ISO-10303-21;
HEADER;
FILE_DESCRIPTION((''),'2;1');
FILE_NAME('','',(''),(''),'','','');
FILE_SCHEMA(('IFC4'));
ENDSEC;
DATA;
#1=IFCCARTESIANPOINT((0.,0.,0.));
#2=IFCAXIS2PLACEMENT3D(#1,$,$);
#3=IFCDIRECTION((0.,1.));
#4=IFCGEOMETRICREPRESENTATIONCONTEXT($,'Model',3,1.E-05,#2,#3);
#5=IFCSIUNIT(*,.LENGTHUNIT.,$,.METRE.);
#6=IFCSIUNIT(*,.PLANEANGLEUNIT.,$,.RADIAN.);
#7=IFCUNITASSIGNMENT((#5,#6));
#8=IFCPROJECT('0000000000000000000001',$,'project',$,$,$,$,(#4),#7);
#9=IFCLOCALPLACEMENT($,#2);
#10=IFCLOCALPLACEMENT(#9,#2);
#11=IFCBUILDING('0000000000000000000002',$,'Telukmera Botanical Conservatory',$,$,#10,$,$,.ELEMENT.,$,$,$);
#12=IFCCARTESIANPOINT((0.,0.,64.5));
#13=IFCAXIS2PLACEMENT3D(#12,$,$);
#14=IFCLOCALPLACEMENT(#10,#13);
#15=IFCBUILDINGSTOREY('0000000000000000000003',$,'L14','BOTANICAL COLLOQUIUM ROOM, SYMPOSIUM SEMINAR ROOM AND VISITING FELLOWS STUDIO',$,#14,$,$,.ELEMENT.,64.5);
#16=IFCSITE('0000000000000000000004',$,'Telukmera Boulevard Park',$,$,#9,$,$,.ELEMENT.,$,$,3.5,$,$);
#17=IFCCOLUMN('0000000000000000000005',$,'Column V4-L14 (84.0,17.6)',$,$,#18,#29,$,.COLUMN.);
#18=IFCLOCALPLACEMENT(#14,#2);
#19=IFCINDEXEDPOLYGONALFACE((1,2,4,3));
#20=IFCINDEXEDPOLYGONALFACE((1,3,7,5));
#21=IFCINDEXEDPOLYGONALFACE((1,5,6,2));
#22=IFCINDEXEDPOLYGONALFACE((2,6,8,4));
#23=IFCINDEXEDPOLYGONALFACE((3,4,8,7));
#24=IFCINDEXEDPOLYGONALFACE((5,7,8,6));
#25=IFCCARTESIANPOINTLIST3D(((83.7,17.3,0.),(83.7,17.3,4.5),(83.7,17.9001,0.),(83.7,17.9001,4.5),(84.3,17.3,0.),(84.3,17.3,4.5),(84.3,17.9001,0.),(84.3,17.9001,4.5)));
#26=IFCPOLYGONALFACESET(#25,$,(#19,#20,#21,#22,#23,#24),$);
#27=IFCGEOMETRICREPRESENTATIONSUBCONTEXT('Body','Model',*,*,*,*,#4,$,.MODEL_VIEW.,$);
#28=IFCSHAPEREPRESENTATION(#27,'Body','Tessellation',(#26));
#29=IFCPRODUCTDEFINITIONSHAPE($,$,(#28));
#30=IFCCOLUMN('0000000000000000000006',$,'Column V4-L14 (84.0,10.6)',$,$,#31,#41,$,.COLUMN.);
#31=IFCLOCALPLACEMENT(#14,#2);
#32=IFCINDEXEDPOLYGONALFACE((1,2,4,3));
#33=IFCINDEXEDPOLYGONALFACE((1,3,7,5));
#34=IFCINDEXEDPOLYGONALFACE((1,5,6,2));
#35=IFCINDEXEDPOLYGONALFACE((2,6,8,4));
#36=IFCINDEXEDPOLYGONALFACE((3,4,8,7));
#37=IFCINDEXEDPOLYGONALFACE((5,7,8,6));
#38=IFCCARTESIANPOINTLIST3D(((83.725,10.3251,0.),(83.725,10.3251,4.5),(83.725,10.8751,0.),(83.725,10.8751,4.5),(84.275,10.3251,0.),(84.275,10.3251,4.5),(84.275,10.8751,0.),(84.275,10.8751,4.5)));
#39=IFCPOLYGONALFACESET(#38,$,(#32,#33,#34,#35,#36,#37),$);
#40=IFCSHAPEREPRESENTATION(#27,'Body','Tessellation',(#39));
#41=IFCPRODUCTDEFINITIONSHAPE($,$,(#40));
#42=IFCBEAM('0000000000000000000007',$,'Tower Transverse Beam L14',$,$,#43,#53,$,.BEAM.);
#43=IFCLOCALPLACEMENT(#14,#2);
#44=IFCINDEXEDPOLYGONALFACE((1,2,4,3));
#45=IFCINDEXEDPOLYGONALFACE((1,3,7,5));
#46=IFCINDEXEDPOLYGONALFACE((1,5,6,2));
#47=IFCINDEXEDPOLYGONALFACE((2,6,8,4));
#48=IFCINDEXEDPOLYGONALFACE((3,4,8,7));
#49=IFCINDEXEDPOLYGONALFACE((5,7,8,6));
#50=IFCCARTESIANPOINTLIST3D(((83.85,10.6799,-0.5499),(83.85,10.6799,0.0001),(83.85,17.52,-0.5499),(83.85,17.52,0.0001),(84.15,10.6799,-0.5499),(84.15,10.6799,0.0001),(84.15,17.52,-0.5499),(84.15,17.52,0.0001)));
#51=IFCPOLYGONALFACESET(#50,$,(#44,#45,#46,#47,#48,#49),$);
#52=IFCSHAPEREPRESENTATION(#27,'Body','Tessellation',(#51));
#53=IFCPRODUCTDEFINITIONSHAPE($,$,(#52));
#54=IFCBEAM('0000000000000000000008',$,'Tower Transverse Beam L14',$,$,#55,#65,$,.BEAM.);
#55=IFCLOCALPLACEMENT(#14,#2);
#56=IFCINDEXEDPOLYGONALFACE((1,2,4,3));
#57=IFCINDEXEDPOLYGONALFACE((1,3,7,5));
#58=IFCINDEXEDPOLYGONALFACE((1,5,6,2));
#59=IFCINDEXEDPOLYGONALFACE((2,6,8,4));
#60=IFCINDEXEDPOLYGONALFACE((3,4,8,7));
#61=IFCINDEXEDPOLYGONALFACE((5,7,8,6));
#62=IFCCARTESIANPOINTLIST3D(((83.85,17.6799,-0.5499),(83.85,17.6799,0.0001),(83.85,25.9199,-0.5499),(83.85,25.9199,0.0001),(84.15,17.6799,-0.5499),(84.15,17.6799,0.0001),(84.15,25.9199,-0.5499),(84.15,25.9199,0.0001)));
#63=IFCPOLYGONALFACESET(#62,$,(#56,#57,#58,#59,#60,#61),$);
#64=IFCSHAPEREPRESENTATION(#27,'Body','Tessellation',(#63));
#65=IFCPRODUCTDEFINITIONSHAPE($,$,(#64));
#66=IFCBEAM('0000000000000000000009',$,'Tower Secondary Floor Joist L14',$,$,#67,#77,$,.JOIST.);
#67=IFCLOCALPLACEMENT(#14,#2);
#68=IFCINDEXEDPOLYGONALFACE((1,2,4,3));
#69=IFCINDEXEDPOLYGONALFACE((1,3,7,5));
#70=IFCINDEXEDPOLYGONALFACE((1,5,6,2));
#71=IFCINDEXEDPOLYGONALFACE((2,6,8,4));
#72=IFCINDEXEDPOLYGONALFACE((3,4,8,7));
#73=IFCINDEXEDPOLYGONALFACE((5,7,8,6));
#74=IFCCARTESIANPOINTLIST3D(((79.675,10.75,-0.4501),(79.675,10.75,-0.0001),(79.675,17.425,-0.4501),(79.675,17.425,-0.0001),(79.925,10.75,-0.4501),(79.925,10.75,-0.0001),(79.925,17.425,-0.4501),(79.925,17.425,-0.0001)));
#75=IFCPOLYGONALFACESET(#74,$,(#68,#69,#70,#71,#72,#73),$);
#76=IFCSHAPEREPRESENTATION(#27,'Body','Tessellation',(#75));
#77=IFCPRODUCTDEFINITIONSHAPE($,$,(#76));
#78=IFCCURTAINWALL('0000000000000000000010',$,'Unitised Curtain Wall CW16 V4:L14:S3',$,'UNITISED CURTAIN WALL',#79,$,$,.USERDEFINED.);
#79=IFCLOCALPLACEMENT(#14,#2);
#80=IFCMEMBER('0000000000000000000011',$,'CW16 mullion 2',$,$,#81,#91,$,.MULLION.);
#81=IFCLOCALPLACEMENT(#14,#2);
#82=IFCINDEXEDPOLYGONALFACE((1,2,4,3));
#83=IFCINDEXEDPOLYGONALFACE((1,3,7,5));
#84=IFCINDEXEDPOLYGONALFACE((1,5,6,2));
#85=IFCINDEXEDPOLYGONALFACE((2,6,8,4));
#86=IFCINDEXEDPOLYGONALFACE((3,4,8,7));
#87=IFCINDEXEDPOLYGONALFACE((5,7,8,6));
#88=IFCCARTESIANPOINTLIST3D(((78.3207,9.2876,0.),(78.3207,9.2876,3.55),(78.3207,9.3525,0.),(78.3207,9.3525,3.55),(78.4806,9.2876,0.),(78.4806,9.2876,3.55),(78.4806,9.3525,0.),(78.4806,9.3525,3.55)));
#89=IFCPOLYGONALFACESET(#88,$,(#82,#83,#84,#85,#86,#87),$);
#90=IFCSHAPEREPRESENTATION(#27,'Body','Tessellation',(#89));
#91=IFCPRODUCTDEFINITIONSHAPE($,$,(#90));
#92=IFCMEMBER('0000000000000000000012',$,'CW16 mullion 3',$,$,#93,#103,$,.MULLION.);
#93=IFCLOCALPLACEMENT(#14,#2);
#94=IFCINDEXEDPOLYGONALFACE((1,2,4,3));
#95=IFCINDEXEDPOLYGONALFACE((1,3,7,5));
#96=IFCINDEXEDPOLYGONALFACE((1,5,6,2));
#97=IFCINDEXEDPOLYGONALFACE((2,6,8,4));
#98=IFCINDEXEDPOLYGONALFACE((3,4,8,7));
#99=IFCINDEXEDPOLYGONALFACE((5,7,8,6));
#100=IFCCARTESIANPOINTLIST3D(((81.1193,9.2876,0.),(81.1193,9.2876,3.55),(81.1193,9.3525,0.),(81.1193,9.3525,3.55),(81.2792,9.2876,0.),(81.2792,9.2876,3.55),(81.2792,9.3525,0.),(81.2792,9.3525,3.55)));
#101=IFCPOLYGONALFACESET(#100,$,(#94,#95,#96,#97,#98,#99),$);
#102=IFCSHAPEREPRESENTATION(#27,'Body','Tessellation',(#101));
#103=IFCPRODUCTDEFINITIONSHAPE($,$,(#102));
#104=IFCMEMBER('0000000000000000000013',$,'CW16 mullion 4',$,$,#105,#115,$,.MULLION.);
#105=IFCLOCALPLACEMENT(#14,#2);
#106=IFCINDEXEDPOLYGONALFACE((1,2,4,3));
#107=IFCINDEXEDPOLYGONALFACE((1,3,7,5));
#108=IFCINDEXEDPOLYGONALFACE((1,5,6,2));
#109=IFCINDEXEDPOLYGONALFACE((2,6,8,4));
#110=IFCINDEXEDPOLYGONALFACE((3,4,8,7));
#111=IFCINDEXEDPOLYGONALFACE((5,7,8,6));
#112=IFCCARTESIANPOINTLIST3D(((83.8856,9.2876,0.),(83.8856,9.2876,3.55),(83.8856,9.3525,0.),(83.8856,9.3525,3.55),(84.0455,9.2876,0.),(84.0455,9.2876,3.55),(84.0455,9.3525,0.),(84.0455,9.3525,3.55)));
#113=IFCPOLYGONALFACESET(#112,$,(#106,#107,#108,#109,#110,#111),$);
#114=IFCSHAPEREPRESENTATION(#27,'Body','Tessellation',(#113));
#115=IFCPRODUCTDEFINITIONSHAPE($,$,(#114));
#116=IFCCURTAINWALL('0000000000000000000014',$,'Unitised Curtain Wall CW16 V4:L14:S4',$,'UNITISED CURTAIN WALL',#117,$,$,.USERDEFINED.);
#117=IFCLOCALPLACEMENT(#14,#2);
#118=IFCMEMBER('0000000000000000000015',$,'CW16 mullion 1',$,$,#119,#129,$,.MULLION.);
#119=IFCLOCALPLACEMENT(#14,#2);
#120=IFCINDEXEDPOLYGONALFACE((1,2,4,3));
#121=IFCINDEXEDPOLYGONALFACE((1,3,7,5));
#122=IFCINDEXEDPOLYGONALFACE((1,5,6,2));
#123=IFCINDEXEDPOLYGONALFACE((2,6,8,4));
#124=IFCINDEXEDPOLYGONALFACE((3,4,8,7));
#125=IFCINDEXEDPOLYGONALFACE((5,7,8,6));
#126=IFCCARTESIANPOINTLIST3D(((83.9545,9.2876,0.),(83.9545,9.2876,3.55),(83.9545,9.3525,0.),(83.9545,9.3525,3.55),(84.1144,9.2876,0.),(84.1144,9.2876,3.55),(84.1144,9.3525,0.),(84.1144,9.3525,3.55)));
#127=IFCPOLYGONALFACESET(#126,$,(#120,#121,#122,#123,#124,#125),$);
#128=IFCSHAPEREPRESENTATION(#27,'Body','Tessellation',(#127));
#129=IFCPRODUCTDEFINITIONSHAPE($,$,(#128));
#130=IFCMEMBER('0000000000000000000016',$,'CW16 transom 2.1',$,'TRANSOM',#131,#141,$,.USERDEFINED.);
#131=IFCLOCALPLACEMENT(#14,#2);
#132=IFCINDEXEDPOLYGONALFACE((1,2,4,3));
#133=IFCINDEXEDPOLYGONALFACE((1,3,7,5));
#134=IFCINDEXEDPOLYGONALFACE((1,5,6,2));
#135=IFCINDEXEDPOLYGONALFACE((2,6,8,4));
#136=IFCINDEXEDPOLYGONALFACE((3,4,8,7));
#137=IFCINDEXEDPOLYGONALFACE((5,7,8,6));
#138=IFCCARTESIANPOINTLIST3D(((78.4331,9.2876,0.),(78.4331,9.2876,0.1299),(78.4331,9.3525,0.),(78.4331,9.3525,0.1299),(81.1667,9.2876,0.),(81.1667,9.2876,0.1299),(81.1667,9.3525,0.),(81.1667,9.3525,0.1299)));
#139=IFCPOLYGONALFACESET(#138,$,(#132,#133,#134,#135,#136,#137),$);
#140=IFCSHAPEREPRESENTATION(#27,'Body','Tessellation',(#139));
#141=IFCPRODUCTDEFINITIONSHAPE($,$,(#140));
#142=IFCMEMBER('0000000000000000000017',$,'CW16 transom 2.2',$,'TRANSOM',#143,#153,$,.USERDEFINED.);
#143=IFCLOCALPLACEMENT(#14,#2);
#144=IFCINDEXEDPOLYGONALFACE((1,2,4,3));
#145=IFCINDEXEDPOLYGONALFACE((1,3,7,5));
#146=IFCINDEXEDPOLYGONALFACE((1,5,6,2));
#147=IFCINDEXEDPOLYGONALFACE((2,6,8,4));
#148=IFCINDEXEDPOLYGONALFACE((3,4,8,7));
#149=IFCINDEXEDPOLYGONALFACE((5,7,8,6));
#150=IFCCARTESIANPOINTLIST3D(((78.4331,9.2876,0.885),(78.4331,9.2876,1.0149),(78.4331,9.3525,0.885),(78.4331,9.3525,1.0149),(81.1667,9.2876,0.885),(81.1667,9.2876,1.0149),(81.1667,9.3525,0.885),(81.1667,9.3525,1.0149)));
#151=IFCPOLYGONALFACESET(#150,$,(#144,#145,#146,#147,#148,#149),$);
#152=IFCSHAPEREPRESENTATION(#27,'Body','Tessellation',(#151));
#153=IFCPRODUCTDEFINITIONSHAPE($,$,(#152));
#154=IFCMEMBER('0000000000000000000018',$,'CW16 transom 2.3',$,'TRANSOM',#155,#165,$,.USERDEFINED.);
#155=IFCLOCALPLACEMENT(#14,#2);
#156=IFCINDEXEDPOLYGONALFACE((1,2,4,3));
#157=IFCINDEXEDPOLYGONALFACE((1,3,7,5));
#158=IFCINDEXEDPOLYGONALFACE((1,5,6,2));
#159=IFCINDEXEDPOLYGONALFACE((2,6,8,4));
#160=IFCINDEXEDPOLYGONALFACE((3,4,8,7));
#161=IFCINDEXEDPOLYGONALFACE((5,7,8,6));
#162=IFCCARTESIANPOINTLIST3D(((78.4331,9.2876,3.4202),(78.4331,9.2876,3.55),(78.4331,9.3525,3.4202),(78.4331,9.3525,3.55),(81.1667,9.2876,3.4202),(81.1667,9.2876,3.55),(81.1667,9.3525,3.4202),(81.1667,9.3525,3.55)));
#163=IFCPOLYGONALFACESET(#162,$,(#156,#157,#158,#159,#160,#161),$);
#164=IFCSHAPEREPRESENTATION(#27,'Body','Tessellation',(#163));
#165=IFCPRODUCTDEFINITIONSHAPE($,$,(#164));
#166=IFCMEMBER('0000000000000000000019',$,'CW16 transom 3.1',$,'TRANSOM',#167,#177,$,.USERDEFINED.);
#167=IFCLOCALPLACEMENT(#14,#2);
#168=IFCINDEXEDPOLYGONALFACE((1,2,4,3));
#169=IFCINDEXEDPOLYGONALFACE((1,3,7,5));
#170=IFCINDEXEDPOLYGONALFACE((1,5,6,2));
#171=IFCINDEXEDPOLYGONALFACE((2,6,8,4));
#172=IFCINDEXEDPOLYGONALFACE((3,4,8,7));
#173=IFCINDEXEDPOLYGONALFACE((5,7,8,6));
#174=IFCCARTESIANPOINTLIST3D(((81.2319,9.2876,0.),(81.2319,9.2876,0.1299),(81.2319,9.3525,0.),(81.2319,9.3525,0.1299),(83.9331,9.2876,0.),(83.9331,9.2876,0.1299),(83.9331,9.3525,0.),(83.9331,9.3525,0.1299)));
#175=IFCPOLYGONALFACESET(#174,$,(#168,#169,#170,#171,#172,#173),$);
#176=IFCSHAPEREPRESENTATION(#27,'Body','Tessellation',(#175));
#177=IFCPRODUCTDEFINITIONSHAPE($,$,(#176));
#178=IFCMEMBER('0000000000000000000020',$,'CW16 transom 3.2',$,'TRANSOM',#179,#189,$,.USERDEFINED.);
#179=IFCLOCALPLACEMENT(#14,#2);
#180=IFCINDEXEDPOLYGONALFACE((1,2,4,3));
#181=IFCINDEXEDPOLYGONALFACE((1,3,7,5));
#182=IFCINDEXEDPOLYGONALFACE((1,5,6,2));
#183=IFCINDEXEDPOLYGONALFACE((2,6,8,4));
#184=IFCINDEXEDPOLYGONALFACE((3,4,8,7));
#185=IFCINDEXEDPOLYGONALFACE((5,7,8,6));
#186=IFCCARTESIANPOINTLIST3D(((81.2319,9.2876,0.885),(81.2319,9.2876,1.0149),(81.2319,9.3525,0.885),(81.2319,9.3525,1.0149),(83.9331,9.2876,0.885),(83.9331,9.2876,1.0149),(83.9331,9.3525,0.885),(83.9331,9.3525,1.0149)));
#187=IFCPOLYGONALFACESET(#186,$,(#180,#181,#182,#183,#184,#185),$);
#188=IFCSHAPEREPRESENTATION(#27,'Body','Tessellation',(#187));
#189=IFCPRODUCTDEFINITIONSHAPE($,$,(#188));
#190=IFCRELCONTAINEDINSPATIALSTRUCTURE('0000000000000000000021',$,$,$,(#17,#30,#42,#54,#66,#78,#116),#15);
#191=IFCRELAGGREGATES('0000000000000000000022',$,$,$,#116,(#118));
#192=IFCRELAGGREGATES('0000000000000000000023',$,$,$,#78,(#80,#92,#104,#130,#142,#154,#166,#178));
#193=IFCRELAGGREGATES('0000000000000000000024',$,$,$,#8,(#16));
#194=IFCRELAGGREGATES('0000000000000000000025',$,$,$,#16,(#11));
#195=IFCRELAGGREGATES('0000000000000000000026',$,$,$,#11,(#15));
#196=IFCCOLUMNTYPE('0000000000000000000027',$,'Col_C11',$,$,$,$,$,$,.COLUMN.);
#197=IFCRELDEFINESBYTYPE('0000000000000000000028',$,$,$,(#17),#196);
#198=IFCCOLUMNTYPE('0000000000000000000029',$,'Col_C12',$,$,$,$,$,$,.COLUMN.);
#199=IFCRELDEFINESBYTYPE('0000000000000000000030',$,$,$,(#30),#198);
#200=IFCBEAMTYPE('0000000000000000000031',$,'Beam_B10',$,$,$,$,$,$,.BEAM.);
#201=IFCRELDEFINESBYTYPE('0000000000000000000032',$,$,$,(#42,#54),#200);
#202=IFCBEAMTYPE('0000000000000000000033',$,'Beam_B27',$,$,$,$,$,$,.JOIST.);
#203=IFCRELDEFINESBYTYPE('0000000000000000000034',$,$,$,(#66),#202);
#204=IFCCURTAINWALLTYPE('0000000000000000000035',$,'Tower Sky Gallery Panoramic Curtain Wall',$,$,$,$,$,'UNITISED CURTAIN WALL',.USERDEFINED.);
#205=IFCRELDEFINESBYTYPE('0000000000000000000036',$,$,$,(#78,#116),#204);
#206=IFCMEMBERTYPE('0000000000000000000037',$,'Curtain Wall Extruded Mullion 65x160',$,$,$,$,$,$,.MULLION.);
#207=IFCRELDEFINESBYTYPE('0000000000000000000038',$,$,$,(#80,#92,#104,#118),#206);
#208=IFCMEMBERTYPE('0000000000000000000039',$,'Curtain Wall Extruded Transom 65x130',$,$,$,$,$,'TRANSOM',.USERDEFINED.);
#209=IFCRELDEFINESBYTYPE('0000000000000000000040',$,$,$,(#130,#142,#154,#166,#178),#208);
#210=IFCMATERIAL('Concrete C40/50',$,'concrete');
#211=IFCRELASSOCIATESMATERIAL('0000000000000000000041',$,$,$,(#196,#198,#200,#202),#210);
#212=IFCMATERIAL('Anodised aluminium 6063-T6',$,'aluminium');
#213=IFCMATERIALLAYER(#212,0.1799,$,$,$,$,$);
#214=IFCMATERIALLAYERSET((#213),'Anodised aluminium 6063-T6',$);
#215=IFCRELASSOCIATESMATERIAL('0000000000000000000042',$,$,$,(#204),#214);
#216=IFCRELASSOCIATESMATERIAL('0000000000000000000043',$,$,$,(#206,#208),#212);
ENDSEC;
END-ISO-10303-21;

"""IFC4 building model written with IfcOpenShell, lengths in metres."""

from ifc_helpers import new_model, si_unit, direction, frame, origin, origin_2d, place, context, subcontext, project, spatial, rectangle, extrude, material, layer, layer_set, material_profile, profile_set, type_object, element, aggregate, save


model = new_model("IFC4")

# Units and contexts
model_context = context("Model", 3, precision=1e-05, world=origin(), true_north=direction((0.0, 1.0)))
body_context = subcontext(model_context, "Body", "Model", "MODEL_VIEW")
ifc_project = project(units=[si_unit("LENGTHUNIT", "METRE"), si_unit("PLANEANGLEUNIT", "RADIAN")], contexts=[model_context])

# Site, building, storey
site_placement = place(None, origin())
site = spatial("IfcSite", under=ifc_project, at=site_placement, Name="Telukmera Boulevard Park", CompositionType="ELEMENT", RefElevation=3.5)
building_placement = place(site_placement, origin())
building = spatial("IfcBuilding", under=site, at=building_placement, Name="Telukmera Botanical Conservatory", CompositionType="ELEMENT")
storey_placement = place(building_placement, frame((0.0, 0.0, 64.5)))
storey = spatial("IfcBuildingStorey", under=building, at=storey_placement, Name="L14", Description="BOTANICAL COLLOQUIUM ROOM, SYMPOSIUM SEMINAR ROOM AND VISITING FELLOWS STUDIO", CompositionType="ELEMENT", Elevation=64.5)

# Columns
ifc_material_1 = material(Name="Concrete C40/50", Category="concrete")
ifc_material_profile_1 = material_profile(ifc_material_1, rectangle(XDim=0.6001, YDim=0.6001, at=origin_2d()), Name="RC 600x600")
ifc_profile_set_1 = profile_set([ifc_material_profile_1], Name="Concrete C40/50")
column_type_1 = type_object("IfcColumnType", Name="Col_C11", PredefinedType="COLUMN", material=ifc_profile_set_1)
column_1_placement = place(storey_placement, frame((84.0, 17.6001, 0.0), z_axis=(0.0, 0.0, 1.0), x_axis=(1.0, 0.0, 0.0)))
element("IfcColumn", 1, at=column_1_placement, inside=storey, type_object=column_type_1, Name="Column V4-L14 (84.0,17.6)", PredefinedType="COLUMN", context=body_context, shape_type="SweptSolid", body=[
    extrude(rectangle(XDim=0.6001, YDim=0.6001, at=origin_2d()), origin(), (0.0, 0.0, 1.0), 4.5),
])
ifc_material_profile_2 = material_profile(ifc_material_1, rectangle(XDim=0.55, YDim=0.55, at=origin_2d()), Name="RC 550x550")
ifc_profile_set_2 = profile_set([ifc_material_profile_2], Name="Concrete C40/50")
column_type_2 = type_object("IfcColumnType", Name="Col_C12", PredefinedType="COLUMN", material=ifc_profile_set_2)
column_2_placement = place(storey_placement, frame((84.0, 10.6001, 0.0), z_axis=(0.0, 0.0, 1.0), x_axis=(1.0, 0.0, 0.0)))
element("IfcColumn", 2, at=column_2_placement, inside=storey, type_object=column_type_2, Name="Column V4-L14 (84.0,10.6)", PredefinedType="COLUMN", context=body_context, shape_type="SweptSolid", body=[
    extrude(rectangle(XDim=0.55, YDim=0.55, at=origin_2d()), origin(), (0.0, 0.0, 1.0), 4.5),
])

# Beams
ifc_material_profile_3 = material_profile(ifc_material_1, rectangle(XDim=0.3, YDim=0.55, at=origin_2d()), Name="RC 300x550")
ifc_profile_set_3 = profile_set([ifc_material_profile_3], Name="Concrete C40/50")
beam_type_1 = type_object("IfcBeamType", Name="Beam_B10", PredefinedType="BEAM", material=ifc_profile_set_3)
beam_1_placement = place(storey_placement, frame((84.0, 10.6799, -0.2749), z_axis=(0.0, 1.0, 0.0), x_axis=(-1.0, 0.0, 0.0)))
element("IfcBeam", 3, at=beam_1_placement, inside=storey, type_object=beam_type_1, Name="Tower Transverse Beam L14", PredefinedType="BEAM", context=body_context, shape_type="SweptSolid", body=[
    extrude(rectangle(XDim=0.3, YDim=0.55, at=origin_2d()), origin(), (0.0, 0.0, 1.0), 6.8401),
])
beam_2_placement = place(storey_placement, frame((84.0, 17.6799, -0.2749), z_axis=(0.0, 1.0, 0.0), x_axis=(-1.0, 0.0, 0.0)))
element("IfcBeam", 4, at=beam_2_placement, inside=storey, type_object=beam_type_1, Name="Tower Transverse Beam L14", PredefinedType="BEAM", context=body_context, shape_type="SweptSolid", body=[
    extrude(rectangle(XDim=0.3, YDim=0.55, at=origin_2d()), origin(), (0.0, 0.0, 1.0), 8.24),
])
ifc_material_profile_4 = material_profile(ifc_material_1, rectangle(XDim=0.25, YDim=0.45, at=origin_2d()), Name="RC 250x450")
ifc_profile_set_4 = profile_set([ifc_material_profile_4], Name="Concrete C40/50")
beam_type_2 = type_object("IfcBeamType", Name="Beam_B27", PredefinedType="JOIST", material=ifc_profile_set_4)
beam_3_placement = place(storey_placement, frame((79.8, 10.75, -0.2251), z_axis=(0.0, 1.0, 0.0), x_axis=(-1.0, 0.0, 0.0)))
element("IfcBeam", 5, at=beam_3_placement, inside=storey, type_object=beam_type_2, Name="Tower Secondary Floor Joist L14", PredefinedType="JOIST", context=body_context, shape_type="SweptSolid", body=[
    extrude(rectangle(XDim=0.25, YDim=0.45, at=origin_2d()), origin(), (0.0, 0.0, 1.0), 6.675),
])

# Curtain wall, members
ifc_material_2 = material(Name="Anodised aluminium 6063-T6", Category="aluminium")
ifc_layer_1 = layer(ifc_material_2, 0.1799)
ifc_layer_set_1 = layer_set([ifc_layer_1], Name="Anodised aluminium 6063-T6")
curtain_wall_type = type_object("IfcCurtainWallType", Name="Tower Sky Gallery Panoramic Curtain Wall", ElementType="UNITISED CURTAIN WALL", PredefinedType="USERDEFINED", material=ifc_layer_set_1)
curtain_wall_1_placement = place(storey_placement, origin())
curtain_wall_1 = element("IfcCurtainWall", 6, at=curtain_wall_1_placement, inside=storey, type_object=curtain_wall_type, Name="Unitised Curtain Wall CW16 V4:L14:S3", ObjectType="UNITISED CURTAIN WALL", PredefinedType="USERDEFINED")
ifc_material_profile_5 = material_profile(ifc_material_2, rectangle(XDim=0.0649, YDim=0.1599, at=origin_2d()), Name="ALU MULL 65x160")
ifc_profile_set_5 = profile_set([ifc_material_profile_5], Name="Anodised aluminium 6063-T6")
member_type_1 = type_object("IfcMemberType", Name="Curtain Wall Extruded Mullion 65x160", PredefinedType="MULLION", material=ifc_profile_set_5)
member_1_placement = place(storey_placement, frame((78.4006, 9.3201, 0.0), z_axis=(0.0, 0.0, 1.0), x_axis=(0.0, 1.0, 0.0)))
member_1 = element("IfcMember", 7, at=member_1_placement, type_object=member_type_1, Name="CW16 mullion 2", PredefinedType="MULLION", context=body_context, shape_type="SweptSolid", body=[
    extrude(rectangle(XDim=0.0649, YDim=0.1599, at=origin_2d()), origin(), (0.0, 0.0, 1.0), 3.55),
])
member_2_placement = place(storey_placement, frame((81.1992, 9.3201, 0.0), z_axis=(0.0, 0.0, 1.0), x_axis=(0.0, 1.0, 0.0)))
member_2 = element("IfcMember", 8, at=member_2_placement, type_object=member_type_1, Name="CW16 mullion 3", PredefinedType="MULLION", context=body_context, shape_type="SweptSolid", body=[
    extrude(rectangle(XDim=0.0649, YDim=0.1599, at=origin_2d()), origin(), (0.0, 0.0, 1.0), 3.55),
])
member_3_placement = place(storey_placement, frame((83.9656, 9.3201, 0.0), z_axis=(0.0, 0.0, 1.0), x_axis=(0.0, 1.0, 0.0)))
member_3 = element("IfcMember", 9, at=member_3_placement, type_object=member_type_1, Name="CW16 mullion 4", PredefinedType="MULLION", context=body_context, shape_type="SweptSolid", body=[
    extrude(rectangle(XDim=0.0649, YDim=0.1599, at=origin_2d()), origin(), (0.0, 0.0, 1.0), 3.55),
])

# Curtain wall, member
curtain_wall_2_placement = place(storey_placement, origin())
curtain_wall_2 = element("IfcCurtainWall", 10, at=curtain_wall_2_placement, inside=storey, type_object=curtain_wall_type, Name="Unitised Curtain Wall CW16 V4:L14:S4", ObjectType="UNITISED CURTAIN WALL", PredefinedType="USERDEFINED")
member_4_placement = place(storey_placement, frame((84.0344, 9.3201, 0.0), z_axis=(0.0, 0.0, 1.0), x_axis=(0.0, 1.0, 0.0)))
member_4 = element("IfcMember", 11, at=member_4_placement, type_object=member_type_1, Name="CW16 mullion 1", PredefinedType="MULLION", context=body_context, shape_type="SweptSolid", body=[
    extrude(rectangle(XDim=0.0649, YDim=0.1599, at=origin_2d()), origin(), (0.0, 0.0, 1.0), 3.55),
])
aggregate(curtain_wall_2, [member_4])

# Members
ifc_material_profile_6 = material_profile(ifc_material_2, rectangle(XDim=0.0649, YDim=0.1299, at=origin_2d()), Name="ALU TRAN 65x130")
ifc_profile_set_6 = profile_set([ifc_material_profile_6], Name="Anodised aluminium 6063-T6")
member_type_2 = type_object("IfcMemberType", Name="Curtain Wall Extruded Transom 65x130", ElementType="TRANSOM", PredefinedType="USERDEFINED", material=ifc_profile_set_6)
member_5_placement = place(storey_placement, frame((78.4331, 9.3201, 0.0649), z_axis=(1.0, 0.0, 0.0), x_axis=(0.0, 1.0, 0.0)))
member_5 = element("IfcMember", 12, at=member_5_placement, type_object=member_type_2, Name="CW16 transom 2.1", ObjectType="TRANSOM", PredefinedType="USERDEFINED", context=body_context, shape_type="SweptSolid", body=[
    extrude(rectangle(XDim=0.0649, YDim=0.1299, at=origin_2d()), origin(), (0.0, 0.0, 1.0), 2.7336),
])
member_6_placement = place(storey_placement, frame((78.4331, 9.3201, 0.95), z_axis=(1.0, 0.0, 0.0), x_axis=(0.0, 1.0, 0.0)))
member_6 = element("IfcMember", 13, at=member_6_placement, type_object=member_type_2, Name="CW16 transom 2.2", ObjectType="TRANSOM", PredefinedType="USERDEFINED", context=body_context, shape_type="SweptSolid", body=[
    extrude(rectangle(XDim=0.0649, YDim=0.1299, at=origin_2d()), origin(), (0.0, 0.0, 1.0), 2.7336),
])
member_7_placement = place(storey_placement, frame((78.4331, 9.3201, 3.4851), z_axis=(1.0, 0.0, 0.0), x_axis=(0.0, 1.0, 0.0)))
member_7 = element("IfcMember", 14, at=member_7_placement, type_object=member_type_2, Name="CW16 transom 2.3", ObjectType="TRANSOM", PredefinedType="USERDEFINED", context=body_context, shape_type="SweptSolid", body=[
    extrude(rectangle(XDim=0.0649, YDim=0.1299, at=origin_2d()), origin(), (0.0, 0.0, 1.0), 2.7336),
])
member_8_placement = place(storey_placement, frame((81.2319, 9.3201, 0.0649), z_axis=(1.0, 0.0, 0.0), x_axis=(0.0, 1.0, 0.0)))
member_8 = element("IfcMember", 15, at=member_8_placement, type_object=member_type_2, Name="CW16 transom 3.1", ObjectType="TRANSOM", PredefinedType="USERDEFINED", context=body_context, shape_type="SweptSolid", body=[
    extrude(rectangle(XDim=0.0649, YDim=0.1299, at=origin_2d()), origin(), (0.0, 0.0, 1.0), 2.7012),
])
member_9_placement = place(storey_placement, frame((81.2319, 9.3201, 0.95), z_axis=(1.0, 0.0, 0.0), x_axis=(0.0, 1.0, 0.0)))
member_9 = element("IfcMember", 16, at=member_9_placement, type_object=member_type_2, Name="CW16 transom 3.2", ObjectType="TRANSOM", PredefinedType="USERDEFINED", context=body_context, shape_type="SweptSolid", body=[
    extrude(rectangle(XDim=0.0649, YDim=0.1299, at=origin_2d()), origin(), (0.0, 0.0, 1.0), 2.7012),
])

aggregate(curtain_wall_1, [member_1, member_2, member_3, member_5, member_6, member_7, member_8, member_9])

save(model, "model.ifc")
